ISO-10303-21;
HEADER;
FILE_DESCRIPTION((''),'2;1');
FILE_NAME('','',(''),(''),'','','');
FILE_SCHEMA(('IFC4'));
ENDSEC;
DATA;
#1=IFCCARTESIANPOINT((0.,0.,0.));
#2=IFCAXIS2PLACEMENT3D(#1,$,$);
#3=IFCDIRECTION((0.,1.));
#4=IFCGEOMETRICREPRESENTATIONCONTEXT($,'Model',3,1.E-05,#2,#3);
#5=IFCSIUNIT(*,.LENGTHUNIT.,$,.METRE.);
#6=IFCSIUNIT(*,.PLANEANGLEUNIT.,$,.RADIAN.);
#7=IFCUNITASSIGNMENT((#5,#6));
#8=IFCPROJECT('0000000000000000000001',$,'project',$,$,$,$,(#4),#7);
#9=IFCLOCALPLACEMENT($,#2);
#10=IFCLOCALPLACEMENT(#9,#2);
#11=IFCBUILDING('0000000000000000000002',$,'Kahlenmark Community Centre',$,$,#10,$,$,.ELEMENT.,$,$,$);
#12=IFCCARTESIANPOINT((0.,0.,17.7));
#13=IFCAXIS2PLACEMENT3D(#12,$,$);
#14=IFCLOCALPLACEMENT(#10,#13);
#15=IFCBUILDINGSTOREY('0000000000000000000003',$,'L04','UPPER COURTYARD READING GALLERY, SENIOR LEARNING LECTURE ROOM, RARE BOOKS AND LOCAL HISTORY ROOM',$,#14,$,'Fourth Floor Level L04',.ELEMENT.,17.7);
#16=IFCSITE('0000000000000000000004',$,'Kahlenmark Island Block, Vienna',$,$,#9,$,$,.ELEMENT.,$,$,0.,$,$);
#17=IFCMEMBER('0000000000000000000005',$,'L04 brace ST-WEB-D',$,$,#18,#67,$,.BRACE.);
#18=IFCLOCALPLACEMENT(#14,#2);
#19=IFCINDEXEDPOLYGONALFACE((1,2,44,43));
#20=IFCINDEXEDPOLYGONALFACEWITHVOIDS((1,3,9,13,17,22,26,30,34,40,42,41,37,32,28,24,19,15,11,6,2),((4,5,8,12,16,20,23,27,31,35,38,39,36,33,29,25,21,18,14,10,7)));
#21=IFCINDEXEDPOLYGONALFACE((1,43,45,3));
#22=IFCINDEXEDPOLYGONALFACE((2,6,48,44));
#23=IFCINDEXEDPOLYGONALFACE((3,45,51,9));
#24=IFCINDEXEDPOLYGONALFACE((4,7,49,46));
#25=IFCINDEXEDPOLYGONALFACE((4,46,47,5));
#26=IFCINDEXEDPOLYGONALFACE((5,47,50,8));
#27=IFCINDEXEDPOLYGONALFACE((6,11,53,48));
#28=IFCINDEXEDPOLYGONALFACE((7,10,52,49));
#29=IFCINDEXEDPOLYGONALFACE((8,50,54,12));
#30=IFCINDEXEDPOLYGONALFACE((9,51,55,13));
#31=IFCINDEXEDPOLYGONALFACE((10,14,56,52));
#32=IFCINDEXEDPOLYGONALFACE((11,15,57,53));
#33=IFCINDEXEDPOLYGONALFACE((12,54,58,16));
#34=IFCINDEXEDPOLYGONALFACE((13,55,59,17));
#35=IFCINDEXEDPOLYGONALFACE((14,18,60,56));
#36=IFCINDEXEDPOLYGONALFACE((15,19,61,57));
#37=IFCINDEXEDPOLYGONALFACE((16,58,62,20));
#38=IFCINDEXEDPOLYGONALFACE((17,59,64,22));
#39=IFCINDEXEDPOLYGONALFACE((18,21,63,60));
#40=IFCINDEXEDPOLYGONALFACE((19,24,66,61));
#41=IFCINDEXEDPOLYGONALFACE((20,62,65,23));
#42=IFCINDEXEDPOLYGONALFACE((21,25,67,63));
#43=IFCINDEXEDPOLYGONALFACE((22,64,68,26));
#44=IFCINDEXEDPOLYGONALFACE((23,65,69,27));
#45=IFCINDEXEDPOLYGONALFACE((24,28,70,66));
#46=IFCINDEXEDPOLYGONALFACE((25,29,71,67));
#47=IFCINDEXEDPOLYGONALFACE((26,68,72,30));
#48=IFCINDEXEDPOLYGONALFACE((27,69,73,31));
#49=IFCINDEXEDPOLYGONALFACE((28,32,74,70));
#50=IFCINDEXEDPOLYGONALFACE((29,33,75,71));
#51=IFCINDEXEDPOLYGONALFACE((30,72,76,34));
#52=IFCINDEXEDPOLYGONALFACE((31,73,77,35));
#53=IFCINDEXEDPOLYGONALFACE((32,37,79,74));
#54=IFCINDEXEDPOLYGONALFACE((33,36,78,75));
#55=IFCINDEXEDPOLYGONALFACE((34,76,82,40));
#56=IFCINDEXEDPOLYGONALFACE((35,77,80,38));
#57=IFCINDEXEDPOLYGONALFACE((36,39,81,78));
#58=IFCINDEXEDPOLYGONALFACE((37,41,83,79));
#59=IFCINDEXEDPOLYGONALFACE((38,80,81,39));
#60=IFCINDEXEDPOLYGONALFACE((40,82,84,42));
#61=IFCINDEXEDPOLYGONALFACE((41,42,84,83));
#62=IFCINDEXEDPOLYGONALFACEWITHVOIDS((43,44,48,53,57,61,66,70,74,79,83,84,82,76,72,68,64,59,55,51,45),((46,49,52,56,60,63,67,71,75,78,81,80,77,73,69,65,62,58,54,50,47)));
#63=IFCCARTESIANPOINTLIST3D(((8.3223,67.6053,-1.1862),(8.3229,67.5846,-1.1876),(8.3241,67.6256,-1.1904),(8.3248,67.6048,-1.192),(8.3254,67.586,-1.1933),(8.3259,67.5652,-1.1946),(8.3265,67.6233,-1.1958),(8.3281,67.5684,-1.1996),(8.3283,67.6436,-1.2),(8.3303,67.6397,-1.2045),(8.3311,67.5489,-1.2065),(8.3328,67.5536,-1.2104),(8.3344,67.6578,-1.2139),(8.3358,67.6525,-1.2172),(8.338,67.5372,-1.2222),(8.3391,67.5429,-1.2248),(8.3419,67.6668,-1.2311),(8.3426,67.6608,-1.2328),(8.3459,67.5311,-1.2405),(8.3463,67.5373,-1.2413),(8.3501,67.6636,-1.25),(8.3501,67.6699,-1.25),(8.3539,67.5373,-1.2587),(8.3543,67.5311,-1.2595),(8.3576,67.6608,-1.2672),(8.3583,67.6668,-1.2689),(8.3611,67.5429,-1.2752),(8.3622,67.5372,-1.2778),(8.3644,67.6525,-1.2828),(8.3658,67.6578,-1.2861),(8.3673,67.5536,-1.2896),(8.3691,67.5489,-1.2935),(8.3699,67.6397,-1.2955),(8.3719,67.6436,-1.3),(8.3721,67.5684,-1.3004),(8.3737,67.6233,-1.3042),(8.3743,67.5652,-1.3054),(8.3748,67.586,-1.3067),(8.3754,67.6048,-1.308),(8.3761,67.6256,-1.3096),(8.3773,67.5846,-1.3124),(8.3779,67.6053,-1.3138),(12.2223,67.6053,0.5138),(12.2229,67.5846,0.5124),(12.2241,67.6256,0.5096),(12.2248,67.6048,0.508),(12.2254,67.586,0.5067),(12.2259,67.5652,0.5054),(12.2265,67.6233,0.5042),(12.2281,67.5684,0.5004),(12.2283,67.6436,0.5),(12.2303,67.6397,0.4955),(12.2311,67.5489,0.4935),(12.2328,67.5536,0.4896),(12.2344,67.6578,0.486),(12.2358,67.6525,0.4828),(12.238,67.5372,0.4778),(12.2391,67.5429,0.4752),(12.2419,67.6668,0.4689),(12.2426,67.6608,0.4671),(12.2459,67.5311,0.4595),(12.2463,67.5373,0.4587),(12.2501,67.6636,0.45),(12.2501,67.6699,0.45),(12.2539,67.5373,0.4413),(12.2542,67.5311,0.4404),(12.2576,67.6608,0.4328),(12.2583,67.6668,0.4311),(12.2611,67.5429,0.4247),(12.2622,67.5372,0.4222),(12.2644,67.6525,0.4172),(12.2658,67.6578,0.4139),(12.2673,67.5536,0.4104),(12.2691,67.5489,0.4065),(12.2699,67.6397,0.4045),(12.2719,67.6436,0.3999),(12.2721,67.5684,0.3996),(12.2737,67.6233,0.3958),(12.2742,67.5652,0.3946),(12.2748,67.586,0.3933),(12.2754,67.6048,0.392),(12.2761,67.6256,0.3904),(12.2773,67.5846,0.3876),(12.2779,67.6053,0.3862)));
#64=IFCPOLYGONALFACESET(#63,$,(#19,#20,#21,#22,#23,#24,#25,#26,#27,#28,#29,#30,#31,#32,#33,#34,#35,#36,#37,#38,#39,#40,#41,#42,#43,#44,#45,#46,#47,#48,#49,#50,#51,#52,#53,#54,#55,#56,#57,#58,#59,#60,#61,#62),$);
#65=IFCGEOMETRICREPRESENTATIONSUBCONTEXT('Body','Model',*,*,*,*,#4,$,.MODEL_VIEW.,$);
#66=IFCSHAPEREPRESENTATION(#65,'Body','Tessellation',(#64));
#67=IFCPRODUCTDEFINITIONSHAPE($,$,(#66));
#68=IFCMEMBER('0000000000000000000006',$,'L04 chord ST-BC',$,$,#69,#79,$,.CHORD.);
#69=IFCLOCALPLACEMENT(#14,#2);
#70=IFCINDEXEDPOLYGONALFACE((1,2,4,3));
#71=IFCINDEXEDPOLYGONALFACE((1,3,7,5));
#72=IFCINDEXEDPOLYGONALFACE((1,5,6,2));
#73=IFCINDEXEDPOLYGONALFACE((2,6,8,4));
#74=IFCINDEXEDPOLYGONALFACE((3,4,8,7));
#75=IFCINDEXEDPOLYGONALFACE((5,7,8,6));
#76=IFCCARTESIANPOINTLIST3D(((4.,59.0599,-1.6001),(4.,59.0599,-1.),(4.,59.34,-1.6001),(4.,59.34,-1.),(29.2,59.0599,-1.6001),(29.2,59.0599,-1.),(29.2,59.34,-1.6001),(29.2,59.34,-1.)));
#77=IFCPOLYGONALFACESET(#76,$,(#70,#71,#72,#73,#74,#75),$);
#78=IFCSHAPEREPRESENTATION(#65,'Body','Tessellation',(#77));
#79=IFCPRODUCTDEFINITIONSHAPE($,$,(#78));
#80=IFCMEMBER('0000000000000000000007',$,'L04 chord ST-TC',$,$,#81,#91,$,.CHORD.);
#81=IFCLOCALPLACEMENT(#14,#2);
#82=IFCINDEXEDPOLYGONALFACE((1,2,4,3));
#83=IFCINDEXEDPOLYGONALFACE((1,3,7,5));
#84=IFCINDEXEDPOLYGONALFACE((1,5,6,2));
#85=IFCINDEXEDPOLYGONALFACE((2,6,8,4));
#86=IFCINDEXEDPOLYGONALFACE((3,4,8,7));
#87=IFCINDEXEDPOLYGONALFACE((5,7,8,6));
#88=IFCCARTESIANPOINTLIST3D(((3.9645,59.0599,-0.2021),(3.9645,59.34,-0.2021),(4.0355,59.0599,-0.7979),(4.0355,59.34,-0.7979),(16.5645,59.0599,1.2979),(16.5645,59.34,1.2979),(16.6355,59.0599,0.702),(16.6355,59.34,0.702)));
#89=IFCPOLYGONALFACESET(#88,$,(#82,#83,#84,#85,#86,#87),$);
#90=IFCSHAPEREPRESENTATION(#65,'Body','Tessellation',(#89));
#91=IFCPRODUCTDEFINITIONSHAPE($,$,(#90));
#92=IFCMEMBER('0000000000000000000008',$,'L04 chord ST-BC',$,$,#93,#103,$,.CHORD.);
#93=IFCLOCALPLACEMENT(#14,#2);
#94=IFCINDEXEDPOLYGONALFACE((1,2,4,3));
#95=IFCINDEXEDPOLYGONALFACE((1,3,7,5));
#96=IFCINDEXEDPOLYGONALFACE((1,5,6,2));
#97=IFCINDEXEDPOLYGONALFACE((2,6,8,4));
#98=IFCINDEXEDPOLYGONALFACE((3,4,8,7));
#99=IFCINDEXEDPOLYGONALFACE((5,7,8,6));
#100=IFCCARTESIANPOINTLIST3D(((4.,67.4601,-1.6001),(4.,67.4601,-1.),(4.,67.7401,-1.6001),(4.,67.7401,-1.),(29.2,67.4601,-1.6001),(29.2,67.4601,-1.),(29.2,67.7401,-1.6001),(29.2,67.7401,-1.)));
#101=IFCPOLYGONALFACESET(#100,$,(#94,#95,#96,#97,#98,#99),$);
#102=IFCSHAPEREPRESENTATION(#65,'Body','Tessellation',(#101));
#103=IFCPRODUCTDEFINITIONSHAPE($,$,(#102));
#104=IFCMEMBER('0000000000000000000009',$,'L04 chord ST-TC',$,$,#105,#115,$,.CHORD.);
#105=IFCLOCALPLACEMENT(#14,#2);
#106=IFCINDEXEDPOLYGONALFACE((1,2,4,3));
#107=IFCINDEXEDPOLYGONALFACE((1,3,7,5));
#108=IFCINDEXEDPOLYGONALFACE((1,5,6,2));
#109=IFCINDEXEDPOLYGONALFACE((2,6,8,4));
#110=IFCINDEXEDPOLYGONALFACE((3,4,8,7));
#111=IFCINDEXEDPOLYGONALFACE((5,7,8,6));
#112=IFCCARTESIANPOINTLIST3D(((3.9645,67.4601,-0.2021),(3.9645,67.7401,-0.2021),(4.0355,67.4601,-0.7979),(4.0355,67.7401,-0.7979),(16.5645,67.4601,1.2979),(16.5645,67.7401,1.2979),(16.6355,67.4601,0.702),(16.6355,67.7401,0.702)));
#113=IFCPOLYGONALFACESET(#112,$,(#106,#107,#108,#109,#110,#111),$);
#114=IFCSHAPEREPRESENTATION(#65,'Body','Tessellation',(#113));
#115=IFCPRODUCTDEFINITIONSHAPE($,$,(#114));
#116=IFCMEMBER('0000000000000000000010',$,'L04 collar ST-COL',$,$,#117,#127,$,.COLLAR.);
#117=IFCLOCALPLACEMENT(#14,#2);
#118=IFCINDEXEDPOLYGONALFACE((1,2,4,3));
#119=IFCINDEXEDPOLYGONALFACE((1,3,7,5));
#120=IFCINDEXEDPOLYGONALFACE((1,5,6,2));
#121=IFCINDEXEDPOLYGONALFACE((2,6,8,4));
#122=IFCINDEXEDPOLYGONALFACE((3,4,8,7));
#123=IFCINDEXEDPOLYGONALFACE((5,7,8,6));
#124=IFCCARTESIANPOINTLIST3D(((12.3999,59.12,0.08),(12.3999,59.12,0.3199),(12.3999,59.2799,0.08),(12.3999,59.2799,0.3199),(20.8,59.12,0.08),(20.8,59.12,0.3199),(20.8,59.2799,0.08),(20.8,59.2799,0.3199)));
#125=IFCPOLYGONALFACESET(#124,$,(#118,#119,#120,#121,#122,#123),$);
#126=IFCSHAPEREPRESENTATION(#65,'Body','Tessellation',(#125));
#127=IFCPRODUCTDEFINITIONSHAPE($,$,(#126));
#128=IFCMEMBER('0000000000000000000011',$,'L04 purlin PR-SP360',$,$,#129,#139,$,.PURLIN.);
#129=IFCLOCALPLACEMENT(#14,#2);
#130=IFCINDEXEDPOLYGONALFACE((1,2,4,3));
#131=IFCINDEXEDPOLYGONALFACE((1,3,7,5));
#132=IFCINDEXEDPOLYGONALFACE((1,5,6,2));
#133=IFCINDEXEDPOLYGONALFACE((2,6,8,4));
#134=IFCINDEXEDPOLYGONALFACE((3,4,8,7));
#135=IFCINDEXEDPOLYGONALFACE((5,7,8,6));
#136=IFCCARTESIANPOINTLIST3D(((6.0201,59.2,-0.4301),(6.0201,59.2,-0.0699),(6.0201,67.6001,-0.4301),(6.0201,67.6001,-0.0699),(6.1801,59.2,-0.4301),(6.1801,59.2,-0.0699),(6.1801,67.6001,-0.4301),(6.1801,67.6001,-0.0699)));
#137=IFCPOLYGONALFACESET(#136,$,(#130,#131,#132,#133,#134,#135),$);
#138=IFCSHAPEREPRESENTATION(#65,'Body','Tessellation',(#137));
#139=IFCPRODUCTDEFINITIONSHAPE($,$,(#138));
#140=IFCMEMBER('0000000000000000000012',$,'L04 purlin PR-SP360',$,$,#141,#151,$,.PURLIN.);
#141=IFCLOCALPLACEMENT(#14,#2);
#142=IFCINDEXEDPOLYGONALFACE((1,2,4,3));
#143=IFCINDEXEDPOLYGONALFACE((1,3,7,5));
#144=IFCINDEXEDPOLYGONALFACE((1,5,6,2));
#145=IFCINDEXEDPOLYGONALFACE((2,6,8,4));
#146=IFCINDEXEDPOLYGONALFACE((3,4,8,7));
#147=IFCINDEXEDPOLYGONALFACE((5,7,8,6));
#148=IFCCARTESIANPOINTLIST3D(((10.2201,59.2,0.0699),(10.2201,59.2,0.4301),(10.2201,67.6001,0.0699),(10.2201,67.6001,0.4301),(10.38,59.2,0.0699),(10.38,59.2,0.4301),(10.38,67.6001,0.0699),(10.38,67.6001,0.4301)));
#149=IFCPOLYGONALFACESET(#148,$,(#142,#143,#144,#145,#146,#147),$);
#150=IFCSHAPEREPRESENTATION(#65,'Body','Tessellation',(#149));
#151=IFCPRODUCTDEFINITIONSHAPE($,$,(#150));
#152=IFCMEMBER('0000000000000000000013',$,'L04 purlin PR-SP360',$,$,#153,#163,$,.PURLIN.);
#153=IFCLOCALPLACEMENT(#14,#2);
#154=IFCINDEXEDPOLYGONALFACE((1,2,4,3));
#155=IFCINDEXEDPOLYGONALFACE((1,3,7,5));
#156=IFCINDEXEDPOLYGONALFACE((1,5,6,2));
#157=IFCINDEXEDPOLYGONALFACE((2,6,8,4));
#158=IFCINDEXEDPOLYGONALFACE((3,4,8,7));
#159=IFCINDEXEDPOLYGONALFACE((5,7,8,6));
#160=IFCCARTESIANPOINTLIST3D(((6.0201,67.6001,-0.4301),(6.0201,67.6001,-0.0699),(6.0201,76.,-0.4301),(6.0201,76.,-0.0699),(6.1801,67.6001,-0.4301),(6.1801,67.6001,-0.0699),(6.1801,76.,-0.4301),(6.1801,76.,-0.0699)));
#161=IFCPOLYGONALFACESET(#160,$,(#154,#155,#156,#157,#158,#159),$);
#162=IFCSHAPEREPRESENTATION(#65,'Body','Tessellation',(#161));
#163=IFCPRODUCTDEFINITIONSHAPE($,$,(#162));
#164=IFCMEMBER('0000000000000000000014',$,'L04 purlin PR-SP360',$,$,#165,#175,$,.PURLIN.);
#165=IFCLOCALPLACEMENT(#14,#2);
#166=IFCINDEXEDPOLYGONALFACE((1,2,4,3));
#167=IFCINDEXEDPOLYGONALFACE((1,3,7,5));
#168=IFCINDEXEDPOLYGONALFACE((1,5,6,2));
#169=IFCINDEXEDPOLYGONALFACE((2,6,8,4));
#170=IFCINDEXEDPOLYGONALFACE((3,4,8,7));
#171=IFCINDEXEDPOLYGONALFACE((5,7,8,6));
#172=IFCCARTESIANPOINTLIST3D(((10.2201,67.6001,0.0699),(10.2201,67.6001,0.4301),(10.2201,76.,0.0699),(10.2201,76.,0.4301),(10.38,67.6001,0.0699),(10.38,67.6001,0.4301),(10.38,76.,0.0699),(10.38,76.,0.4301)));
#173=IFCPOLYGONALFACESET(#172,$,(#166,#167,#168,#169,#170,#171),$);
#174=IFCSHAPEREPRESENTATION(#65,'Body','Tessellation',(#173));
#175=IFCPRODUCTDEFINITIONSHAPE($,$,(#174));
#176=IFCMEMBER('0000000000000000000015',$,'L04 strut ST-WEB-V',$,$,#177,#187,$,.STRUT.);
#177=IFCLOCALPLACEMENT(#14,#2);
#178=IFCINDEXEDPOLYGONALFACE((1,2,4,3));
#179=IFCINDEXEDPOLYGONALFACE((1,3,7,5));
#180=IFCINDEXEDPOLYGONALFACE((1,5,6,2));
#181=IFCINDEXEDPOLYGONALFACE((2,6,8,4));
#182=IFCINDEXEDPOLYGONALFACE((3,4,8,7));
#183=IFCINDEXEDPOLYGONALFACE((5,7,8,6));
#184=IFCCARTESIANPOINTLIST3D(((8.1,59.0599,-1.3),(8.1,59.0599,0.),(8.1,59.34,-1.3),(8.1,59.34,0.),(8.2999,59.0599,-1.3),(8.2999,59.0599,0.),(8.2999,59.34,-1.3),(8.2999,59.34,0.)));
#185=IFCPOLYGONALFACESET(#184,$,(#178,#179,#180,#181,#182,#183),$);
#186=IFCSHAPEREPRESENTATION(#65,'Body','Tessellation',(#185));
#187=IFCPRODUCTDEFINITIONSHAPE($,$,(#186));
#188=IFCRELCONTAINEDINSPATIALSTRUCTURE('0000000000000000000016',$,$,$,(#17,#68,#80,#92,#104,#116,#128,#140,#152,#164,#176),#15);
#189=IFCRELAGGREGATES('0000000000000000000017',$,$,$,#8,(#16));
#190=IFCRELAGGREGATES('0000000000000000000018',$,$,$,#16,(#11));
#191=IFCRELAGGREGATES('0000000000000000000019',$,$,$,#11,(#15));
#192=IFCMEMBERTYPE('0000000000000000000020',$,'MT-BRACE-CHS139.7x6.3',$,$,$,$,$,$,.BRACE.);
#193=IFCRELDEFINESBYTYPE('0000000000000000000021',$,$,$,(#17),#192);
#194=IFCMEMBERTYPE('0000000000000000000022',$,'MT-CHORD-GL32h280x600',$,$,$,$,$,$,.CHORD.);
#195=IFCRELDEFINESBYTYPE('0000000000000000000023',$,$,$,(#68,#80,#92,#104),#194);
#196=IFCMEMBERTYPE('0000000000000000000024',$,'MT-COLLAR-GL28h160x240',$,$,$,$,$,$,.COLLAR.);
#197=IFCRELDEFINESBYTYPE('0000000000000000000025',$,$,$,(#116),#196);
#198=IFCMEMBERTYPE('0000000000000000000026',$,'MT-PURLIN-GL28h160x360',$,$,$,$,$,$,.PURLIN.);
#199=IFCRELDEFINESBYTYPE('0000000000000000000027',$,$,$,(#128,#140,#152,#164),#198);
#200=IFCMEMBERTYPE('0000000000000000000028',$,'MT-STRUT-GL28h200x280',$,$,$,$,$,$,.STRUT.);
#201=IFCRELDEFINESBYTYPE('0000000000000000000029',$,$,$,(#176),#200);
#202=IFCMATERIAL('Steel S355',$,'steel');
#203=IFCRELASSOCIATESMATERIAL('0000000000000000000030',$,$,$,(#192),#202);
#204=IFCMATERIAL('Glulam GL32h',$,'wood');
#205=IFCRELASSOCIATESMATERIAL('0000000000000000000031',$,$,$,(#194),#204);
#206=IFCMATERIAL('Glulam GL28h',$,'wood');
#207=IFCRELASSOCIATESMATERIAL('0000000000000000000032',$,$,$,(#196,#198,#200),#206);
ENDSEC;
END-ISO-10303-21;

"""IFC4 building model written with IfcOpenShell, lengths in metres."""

from ifc_helpers import new_model, si_unit, direction, frame, origin, origin_2d, place, context, subcontext, project, spatial, rectangle, hollow_circle, extrude, material, material_profile, profile_set, type_object, element, save


model = new_model("IFC4")

# Units and contexts
model_context = context("Model", 3, precision=1e-05, world=origin(), true_north=direction((0.0, 1.0)))
body_context = subcontext(model_context, "Body", "Model", "MODEL_VIEW")
ifc_project = project(units=[si_unit("LENGTHUNIT", "METRE"), si_unit("PLANEANGLEUNIT", "RADIAN")], contexts=[model_context])

# Site, building, storey
site_placement = place(None, origin())
site = spatial("IfcSite", under=ifc_project, at=site_placement, Name="Kahlenmark Island Block, Vienna", CompositionType="ELEMENT", RefElevation=0.0)
building_placement = place(site_placement, origin())
building = spatial("IfcBuilding", under=site, at=building_placement, Name="Kahlenmark Community Centre", CompositionType="ELEMENT")
storey_placement = place(building_placement, frame((0.0, 0.0, 17.7)))
storey = spatial("IfcBuildingStorey", under=building, at=storey_placement, Name="L04", Description="UPPER COURTYARD READING GALLERY, SENIOR LEARNING LECTURE ROOM, RARE BOOKS AND LOCAL HISTORY ROOM", LongName="Fourth Floor Level L04", CompositionType="ELEMENT", Elevation=17.7)

# Shared definitions
ifc_material_1 = material(Name="Glulam GL32h", Category="wood")

# Members
ifc_material_2 = material(Name="Steel S355", Category="steel")
ifc_material_profile_1 = material_profile(ifc_material_2, hollow_circle(Radius=0.0698, WallThickness=0.0063, at=origin_2d()), Name="CHS 139.7x6.3")
ifc_profile_set_1 = profile_set([ifc_material_profile_1], Name="Steel S355")
member_type_1 = type_object("IfcMemberType", Name="MT-BRACE-CHS139.7x6.3", PredefinedType="BRACE", material=ifc_profile_set_1)
member_1_placement = place(storey_placement, frame((8.3501, 67.6001, -1.25), z_axis=(0.916697, 0.0, 0.399584), x_axis=(0.0, 1.0, 0.0)))
element("IfcMember", 1, at=member_1_placement, inside=storey, type_object=member_type_1, Name="L04 brace ST-WEB-D", PredefinedType="BRACE", context=body_context, shape_type="SweptSolid", body=[
    extrude(hollow_circle(Radius=0.0698, WallThickness=0.0063, at=origin_2d()), origin(), (0.0, 0.0, 1.0), 4.2544),
])
ifc_material_profile_2 = material_profile(ifc_material_1, rectangle(XDim=0.28, YDim=0.6001, at=origin_2d()), Name="GL32h 280x600")
ifc_profile_set_2 = profile_set([ifc_material_profile_2], Name="Glulam GL32h")
member_type_2 = type_object("IfcMemberType", Name="MT-CHORD-GL32h280x600", PredefinedType="CHORD", material=ifc_profile_set_2)
member_2_placement = place(storey_placement, frame((4.0, 59.2, -1.3), z_axis=(1.0, 0.0, 0.0), x_axis=(0.0, 1.0, 0.0)))
element("IfcMember", 2, at=member_2_placement, inside=storey, type_object=member_type_2, Name="L04 chord ST-BC", PredefinedType="CHORD", context=body_context, shape_type="SweptSolid", body=[
    extrude(rectangle(XDim=0.28, YDim=0.6001, at=origin_2d()), origin(), (0.0, 0.0, 1.0), 25.2),
])
member_3_placement = place(storey_placement, frame((4.0, 59.2, -0.5), z_axis=(0.992988, 0.0, 0.118212), x_axis=(0.0, 1.0, 0.0)))
element("IfcMember", 3, at=member_3_placement, inside=storey, type_object=member_type_2, Name="L04 chord ST-TC", PredefinedType="CHORD", context=body_context, shape_type="SweptSolid", body=[
    extrude(rectangle(XDim=0.28, YDim=0.6001, at=origin_2d()), origin(), (0.0, 0.0, 1.0), 12.689),
])
member_4_placement = place(storey_placement, frame((4.0, 67.6001, -1.3), z_axis=(1.0, 0.0, 0.0), x_axis=(0.0, 1.0, 0.0)))
element("IfcMember", 4, at=member_4_placement, inside=storey, type_object=member_type_2, Name="L04 chord ST-BC", PredefinedType="CHORD", context=body_context, shape_type="SweptSolid", body=[
    extrude(rectangle(XDim=0.28, YDim=0.6001, at=origin_2d()), origin(), (0.0, 0.0, 1.0), 25.2),
])
member_5_placement = place(storey_placement, frame((4.0, 67.6001, -0.5), z_axis=(0.992988, 0.0, 0.118212), x_axis=(0.0, 1.0, 0.0)))
element("IfcMember", 5, at=member_5_placement, inside=storey, type_object=member_type_2, Name="L04 chord ST-TC", PredefinedType="CHORD", context=body_context, shape_type="SweptSolid", body=[
    extrude(rectangle(XDim=0.28, YDim=0.6001, at=origin_2d()), origin(), (0.0, 0.0, 1.0), 12.689),
])
ifc_material_3 = material(Name="Glulam GL28h", Category="wood")
ifc_material_profile_3 = material_profile(ifc_material_3, rectangle(XDim=0.1599, YDim=0.24, at=origin_2d()), Name="GL28h 160x240")
ifc_profile_set_3 = profile_set([ifc_material_profile_3], Name="Glulam GL28h")
member_type_3 = type_object("IfcMemberType", Name="MT-COLLAR-GL28h160x240", PredefinedType="COLLAR", material=ifc_profile_set_3)
member_6_placement = place(storey_placement, frame((12.3999, 59.2, 0.2), z_axis=(1.0, 0.0, 0.0), x_axis=(0.0, 1.0, 0.0)))
element("IfcMember", 6, at=member_6_placement, inside=storey, type_object=member_type_3, Name="L04 collar ST-COL", PredefinedType="COLLAR", context=body_context, shape_type="SweptSolid", body=[
    extrude(rectangle(XDim=0.1599, YDim=0.24, at=origin_2d()), origin(), (0.0, 0.0, 1.0), 8.4001),
])
ifc_material_profile_4 = material_profile(ifc_material_3, rectangle(XDim=0.1599, YDim=0.3601, at=origin_2d()), Name="GL28h 160x360")
ifc_profile_set_4 = profile_set([ifc_material_profile_4], Name="Glulam GL28h")
member_type_4 = type_object("IfcMemberType", Name="MT-PURLIN-GL28h160x360", PredefinedType="PURLIN", material=ifc_profile_set_4)
for number, where, z_axis, x_axis, name in (
    (7, (6.1001, 59.2, -0.25), (0.0, 1.0, 0.0), (-1.0, 0.0, 0.0), "L04 purlin PR-SP360"),
    (8, (10.3, 59.2, 0.25), (0.0, 1.0, 0.0), (-1.0, 0.0, 0.0), "L04 purlin PR-SP360"),
):
    element("IfcMember", number, at=place(storey_placement, frame(where, z_axis=z_axis, x_axis=x_axis)), inside=storey, type_object=member_type_4, Name=name, PredefinedType="PURLIN", context=body_context, shape_type="SweptSolid", body=[
        extrude(rectangle(XDim=0.1599, YDim=0.3601, at=origin_2d()), origin(), (0.0, 0.0, 1.0), 8.4001),
    ])
for number, where, z_axis, x_axis, name in (
    (9, (6.1001, 67.6001, -0.25), (0.0, 1.0, 0.0), (-1.0, 0.0, 0.0), "L04 purlin PR-SP360"),
    (10, (10.3, 67.6001, 0.25), (0.0, 1.0, 0.0), (-1.0, 0.0, 0.0), "L04 purlin PR-SP360"),
):
    element("IfcMember", number, at=place(storey_placement, frame(where, z_axis=z_axis, x_axis=x_axis)), inside=storey, type_object=member_type_4, Name=name, PredefinedType="PURLIN", context=body_context, shape_type="SweptSolid", body=[
        extrude(rectangle(XDim=0.1599, YDim=0.3601, at=origin_2d()), origin(), (0.0, 0.0, 1.0), 8.3999),
    ])
ifc_material_profile_5 = material_profile(ifc_material_3, rectangle(XDim=0.2, YDim=0.28, at=origin_2d()), Name="GL28h 200x280")
ifc_profile_set_5 = profile_set([ifc_material_profile_5], Name="Glulam GL28h")
member_type_5 = type_object("IfcMemberType", Name="MT-STRUT-GL28h200x280", PredefinedType="STRUT", material=ifc_profile_set_5)
member_7_placement = place(storey_placement, frame((8.2, 59.2, -1.3), z_axis=(0.0, 0.0, 1.0), x_axis=(1.0, 0.0, 0.0)))
element("IfcMember", 11, at=member_7_placement, inside=storey, type_object=member_type_5, Name="L04 strut ST-WEB-V", PredefinedType="STRUT", context=body_context, shape_type="SweptSolid", body=[
    extrude(rectangle(XDim=0.2, YDim=0.28, at=origin_2d()), origin(), (0.0, 0.0, 1.0), 1.3),
])

save(model, "model.ifc")
